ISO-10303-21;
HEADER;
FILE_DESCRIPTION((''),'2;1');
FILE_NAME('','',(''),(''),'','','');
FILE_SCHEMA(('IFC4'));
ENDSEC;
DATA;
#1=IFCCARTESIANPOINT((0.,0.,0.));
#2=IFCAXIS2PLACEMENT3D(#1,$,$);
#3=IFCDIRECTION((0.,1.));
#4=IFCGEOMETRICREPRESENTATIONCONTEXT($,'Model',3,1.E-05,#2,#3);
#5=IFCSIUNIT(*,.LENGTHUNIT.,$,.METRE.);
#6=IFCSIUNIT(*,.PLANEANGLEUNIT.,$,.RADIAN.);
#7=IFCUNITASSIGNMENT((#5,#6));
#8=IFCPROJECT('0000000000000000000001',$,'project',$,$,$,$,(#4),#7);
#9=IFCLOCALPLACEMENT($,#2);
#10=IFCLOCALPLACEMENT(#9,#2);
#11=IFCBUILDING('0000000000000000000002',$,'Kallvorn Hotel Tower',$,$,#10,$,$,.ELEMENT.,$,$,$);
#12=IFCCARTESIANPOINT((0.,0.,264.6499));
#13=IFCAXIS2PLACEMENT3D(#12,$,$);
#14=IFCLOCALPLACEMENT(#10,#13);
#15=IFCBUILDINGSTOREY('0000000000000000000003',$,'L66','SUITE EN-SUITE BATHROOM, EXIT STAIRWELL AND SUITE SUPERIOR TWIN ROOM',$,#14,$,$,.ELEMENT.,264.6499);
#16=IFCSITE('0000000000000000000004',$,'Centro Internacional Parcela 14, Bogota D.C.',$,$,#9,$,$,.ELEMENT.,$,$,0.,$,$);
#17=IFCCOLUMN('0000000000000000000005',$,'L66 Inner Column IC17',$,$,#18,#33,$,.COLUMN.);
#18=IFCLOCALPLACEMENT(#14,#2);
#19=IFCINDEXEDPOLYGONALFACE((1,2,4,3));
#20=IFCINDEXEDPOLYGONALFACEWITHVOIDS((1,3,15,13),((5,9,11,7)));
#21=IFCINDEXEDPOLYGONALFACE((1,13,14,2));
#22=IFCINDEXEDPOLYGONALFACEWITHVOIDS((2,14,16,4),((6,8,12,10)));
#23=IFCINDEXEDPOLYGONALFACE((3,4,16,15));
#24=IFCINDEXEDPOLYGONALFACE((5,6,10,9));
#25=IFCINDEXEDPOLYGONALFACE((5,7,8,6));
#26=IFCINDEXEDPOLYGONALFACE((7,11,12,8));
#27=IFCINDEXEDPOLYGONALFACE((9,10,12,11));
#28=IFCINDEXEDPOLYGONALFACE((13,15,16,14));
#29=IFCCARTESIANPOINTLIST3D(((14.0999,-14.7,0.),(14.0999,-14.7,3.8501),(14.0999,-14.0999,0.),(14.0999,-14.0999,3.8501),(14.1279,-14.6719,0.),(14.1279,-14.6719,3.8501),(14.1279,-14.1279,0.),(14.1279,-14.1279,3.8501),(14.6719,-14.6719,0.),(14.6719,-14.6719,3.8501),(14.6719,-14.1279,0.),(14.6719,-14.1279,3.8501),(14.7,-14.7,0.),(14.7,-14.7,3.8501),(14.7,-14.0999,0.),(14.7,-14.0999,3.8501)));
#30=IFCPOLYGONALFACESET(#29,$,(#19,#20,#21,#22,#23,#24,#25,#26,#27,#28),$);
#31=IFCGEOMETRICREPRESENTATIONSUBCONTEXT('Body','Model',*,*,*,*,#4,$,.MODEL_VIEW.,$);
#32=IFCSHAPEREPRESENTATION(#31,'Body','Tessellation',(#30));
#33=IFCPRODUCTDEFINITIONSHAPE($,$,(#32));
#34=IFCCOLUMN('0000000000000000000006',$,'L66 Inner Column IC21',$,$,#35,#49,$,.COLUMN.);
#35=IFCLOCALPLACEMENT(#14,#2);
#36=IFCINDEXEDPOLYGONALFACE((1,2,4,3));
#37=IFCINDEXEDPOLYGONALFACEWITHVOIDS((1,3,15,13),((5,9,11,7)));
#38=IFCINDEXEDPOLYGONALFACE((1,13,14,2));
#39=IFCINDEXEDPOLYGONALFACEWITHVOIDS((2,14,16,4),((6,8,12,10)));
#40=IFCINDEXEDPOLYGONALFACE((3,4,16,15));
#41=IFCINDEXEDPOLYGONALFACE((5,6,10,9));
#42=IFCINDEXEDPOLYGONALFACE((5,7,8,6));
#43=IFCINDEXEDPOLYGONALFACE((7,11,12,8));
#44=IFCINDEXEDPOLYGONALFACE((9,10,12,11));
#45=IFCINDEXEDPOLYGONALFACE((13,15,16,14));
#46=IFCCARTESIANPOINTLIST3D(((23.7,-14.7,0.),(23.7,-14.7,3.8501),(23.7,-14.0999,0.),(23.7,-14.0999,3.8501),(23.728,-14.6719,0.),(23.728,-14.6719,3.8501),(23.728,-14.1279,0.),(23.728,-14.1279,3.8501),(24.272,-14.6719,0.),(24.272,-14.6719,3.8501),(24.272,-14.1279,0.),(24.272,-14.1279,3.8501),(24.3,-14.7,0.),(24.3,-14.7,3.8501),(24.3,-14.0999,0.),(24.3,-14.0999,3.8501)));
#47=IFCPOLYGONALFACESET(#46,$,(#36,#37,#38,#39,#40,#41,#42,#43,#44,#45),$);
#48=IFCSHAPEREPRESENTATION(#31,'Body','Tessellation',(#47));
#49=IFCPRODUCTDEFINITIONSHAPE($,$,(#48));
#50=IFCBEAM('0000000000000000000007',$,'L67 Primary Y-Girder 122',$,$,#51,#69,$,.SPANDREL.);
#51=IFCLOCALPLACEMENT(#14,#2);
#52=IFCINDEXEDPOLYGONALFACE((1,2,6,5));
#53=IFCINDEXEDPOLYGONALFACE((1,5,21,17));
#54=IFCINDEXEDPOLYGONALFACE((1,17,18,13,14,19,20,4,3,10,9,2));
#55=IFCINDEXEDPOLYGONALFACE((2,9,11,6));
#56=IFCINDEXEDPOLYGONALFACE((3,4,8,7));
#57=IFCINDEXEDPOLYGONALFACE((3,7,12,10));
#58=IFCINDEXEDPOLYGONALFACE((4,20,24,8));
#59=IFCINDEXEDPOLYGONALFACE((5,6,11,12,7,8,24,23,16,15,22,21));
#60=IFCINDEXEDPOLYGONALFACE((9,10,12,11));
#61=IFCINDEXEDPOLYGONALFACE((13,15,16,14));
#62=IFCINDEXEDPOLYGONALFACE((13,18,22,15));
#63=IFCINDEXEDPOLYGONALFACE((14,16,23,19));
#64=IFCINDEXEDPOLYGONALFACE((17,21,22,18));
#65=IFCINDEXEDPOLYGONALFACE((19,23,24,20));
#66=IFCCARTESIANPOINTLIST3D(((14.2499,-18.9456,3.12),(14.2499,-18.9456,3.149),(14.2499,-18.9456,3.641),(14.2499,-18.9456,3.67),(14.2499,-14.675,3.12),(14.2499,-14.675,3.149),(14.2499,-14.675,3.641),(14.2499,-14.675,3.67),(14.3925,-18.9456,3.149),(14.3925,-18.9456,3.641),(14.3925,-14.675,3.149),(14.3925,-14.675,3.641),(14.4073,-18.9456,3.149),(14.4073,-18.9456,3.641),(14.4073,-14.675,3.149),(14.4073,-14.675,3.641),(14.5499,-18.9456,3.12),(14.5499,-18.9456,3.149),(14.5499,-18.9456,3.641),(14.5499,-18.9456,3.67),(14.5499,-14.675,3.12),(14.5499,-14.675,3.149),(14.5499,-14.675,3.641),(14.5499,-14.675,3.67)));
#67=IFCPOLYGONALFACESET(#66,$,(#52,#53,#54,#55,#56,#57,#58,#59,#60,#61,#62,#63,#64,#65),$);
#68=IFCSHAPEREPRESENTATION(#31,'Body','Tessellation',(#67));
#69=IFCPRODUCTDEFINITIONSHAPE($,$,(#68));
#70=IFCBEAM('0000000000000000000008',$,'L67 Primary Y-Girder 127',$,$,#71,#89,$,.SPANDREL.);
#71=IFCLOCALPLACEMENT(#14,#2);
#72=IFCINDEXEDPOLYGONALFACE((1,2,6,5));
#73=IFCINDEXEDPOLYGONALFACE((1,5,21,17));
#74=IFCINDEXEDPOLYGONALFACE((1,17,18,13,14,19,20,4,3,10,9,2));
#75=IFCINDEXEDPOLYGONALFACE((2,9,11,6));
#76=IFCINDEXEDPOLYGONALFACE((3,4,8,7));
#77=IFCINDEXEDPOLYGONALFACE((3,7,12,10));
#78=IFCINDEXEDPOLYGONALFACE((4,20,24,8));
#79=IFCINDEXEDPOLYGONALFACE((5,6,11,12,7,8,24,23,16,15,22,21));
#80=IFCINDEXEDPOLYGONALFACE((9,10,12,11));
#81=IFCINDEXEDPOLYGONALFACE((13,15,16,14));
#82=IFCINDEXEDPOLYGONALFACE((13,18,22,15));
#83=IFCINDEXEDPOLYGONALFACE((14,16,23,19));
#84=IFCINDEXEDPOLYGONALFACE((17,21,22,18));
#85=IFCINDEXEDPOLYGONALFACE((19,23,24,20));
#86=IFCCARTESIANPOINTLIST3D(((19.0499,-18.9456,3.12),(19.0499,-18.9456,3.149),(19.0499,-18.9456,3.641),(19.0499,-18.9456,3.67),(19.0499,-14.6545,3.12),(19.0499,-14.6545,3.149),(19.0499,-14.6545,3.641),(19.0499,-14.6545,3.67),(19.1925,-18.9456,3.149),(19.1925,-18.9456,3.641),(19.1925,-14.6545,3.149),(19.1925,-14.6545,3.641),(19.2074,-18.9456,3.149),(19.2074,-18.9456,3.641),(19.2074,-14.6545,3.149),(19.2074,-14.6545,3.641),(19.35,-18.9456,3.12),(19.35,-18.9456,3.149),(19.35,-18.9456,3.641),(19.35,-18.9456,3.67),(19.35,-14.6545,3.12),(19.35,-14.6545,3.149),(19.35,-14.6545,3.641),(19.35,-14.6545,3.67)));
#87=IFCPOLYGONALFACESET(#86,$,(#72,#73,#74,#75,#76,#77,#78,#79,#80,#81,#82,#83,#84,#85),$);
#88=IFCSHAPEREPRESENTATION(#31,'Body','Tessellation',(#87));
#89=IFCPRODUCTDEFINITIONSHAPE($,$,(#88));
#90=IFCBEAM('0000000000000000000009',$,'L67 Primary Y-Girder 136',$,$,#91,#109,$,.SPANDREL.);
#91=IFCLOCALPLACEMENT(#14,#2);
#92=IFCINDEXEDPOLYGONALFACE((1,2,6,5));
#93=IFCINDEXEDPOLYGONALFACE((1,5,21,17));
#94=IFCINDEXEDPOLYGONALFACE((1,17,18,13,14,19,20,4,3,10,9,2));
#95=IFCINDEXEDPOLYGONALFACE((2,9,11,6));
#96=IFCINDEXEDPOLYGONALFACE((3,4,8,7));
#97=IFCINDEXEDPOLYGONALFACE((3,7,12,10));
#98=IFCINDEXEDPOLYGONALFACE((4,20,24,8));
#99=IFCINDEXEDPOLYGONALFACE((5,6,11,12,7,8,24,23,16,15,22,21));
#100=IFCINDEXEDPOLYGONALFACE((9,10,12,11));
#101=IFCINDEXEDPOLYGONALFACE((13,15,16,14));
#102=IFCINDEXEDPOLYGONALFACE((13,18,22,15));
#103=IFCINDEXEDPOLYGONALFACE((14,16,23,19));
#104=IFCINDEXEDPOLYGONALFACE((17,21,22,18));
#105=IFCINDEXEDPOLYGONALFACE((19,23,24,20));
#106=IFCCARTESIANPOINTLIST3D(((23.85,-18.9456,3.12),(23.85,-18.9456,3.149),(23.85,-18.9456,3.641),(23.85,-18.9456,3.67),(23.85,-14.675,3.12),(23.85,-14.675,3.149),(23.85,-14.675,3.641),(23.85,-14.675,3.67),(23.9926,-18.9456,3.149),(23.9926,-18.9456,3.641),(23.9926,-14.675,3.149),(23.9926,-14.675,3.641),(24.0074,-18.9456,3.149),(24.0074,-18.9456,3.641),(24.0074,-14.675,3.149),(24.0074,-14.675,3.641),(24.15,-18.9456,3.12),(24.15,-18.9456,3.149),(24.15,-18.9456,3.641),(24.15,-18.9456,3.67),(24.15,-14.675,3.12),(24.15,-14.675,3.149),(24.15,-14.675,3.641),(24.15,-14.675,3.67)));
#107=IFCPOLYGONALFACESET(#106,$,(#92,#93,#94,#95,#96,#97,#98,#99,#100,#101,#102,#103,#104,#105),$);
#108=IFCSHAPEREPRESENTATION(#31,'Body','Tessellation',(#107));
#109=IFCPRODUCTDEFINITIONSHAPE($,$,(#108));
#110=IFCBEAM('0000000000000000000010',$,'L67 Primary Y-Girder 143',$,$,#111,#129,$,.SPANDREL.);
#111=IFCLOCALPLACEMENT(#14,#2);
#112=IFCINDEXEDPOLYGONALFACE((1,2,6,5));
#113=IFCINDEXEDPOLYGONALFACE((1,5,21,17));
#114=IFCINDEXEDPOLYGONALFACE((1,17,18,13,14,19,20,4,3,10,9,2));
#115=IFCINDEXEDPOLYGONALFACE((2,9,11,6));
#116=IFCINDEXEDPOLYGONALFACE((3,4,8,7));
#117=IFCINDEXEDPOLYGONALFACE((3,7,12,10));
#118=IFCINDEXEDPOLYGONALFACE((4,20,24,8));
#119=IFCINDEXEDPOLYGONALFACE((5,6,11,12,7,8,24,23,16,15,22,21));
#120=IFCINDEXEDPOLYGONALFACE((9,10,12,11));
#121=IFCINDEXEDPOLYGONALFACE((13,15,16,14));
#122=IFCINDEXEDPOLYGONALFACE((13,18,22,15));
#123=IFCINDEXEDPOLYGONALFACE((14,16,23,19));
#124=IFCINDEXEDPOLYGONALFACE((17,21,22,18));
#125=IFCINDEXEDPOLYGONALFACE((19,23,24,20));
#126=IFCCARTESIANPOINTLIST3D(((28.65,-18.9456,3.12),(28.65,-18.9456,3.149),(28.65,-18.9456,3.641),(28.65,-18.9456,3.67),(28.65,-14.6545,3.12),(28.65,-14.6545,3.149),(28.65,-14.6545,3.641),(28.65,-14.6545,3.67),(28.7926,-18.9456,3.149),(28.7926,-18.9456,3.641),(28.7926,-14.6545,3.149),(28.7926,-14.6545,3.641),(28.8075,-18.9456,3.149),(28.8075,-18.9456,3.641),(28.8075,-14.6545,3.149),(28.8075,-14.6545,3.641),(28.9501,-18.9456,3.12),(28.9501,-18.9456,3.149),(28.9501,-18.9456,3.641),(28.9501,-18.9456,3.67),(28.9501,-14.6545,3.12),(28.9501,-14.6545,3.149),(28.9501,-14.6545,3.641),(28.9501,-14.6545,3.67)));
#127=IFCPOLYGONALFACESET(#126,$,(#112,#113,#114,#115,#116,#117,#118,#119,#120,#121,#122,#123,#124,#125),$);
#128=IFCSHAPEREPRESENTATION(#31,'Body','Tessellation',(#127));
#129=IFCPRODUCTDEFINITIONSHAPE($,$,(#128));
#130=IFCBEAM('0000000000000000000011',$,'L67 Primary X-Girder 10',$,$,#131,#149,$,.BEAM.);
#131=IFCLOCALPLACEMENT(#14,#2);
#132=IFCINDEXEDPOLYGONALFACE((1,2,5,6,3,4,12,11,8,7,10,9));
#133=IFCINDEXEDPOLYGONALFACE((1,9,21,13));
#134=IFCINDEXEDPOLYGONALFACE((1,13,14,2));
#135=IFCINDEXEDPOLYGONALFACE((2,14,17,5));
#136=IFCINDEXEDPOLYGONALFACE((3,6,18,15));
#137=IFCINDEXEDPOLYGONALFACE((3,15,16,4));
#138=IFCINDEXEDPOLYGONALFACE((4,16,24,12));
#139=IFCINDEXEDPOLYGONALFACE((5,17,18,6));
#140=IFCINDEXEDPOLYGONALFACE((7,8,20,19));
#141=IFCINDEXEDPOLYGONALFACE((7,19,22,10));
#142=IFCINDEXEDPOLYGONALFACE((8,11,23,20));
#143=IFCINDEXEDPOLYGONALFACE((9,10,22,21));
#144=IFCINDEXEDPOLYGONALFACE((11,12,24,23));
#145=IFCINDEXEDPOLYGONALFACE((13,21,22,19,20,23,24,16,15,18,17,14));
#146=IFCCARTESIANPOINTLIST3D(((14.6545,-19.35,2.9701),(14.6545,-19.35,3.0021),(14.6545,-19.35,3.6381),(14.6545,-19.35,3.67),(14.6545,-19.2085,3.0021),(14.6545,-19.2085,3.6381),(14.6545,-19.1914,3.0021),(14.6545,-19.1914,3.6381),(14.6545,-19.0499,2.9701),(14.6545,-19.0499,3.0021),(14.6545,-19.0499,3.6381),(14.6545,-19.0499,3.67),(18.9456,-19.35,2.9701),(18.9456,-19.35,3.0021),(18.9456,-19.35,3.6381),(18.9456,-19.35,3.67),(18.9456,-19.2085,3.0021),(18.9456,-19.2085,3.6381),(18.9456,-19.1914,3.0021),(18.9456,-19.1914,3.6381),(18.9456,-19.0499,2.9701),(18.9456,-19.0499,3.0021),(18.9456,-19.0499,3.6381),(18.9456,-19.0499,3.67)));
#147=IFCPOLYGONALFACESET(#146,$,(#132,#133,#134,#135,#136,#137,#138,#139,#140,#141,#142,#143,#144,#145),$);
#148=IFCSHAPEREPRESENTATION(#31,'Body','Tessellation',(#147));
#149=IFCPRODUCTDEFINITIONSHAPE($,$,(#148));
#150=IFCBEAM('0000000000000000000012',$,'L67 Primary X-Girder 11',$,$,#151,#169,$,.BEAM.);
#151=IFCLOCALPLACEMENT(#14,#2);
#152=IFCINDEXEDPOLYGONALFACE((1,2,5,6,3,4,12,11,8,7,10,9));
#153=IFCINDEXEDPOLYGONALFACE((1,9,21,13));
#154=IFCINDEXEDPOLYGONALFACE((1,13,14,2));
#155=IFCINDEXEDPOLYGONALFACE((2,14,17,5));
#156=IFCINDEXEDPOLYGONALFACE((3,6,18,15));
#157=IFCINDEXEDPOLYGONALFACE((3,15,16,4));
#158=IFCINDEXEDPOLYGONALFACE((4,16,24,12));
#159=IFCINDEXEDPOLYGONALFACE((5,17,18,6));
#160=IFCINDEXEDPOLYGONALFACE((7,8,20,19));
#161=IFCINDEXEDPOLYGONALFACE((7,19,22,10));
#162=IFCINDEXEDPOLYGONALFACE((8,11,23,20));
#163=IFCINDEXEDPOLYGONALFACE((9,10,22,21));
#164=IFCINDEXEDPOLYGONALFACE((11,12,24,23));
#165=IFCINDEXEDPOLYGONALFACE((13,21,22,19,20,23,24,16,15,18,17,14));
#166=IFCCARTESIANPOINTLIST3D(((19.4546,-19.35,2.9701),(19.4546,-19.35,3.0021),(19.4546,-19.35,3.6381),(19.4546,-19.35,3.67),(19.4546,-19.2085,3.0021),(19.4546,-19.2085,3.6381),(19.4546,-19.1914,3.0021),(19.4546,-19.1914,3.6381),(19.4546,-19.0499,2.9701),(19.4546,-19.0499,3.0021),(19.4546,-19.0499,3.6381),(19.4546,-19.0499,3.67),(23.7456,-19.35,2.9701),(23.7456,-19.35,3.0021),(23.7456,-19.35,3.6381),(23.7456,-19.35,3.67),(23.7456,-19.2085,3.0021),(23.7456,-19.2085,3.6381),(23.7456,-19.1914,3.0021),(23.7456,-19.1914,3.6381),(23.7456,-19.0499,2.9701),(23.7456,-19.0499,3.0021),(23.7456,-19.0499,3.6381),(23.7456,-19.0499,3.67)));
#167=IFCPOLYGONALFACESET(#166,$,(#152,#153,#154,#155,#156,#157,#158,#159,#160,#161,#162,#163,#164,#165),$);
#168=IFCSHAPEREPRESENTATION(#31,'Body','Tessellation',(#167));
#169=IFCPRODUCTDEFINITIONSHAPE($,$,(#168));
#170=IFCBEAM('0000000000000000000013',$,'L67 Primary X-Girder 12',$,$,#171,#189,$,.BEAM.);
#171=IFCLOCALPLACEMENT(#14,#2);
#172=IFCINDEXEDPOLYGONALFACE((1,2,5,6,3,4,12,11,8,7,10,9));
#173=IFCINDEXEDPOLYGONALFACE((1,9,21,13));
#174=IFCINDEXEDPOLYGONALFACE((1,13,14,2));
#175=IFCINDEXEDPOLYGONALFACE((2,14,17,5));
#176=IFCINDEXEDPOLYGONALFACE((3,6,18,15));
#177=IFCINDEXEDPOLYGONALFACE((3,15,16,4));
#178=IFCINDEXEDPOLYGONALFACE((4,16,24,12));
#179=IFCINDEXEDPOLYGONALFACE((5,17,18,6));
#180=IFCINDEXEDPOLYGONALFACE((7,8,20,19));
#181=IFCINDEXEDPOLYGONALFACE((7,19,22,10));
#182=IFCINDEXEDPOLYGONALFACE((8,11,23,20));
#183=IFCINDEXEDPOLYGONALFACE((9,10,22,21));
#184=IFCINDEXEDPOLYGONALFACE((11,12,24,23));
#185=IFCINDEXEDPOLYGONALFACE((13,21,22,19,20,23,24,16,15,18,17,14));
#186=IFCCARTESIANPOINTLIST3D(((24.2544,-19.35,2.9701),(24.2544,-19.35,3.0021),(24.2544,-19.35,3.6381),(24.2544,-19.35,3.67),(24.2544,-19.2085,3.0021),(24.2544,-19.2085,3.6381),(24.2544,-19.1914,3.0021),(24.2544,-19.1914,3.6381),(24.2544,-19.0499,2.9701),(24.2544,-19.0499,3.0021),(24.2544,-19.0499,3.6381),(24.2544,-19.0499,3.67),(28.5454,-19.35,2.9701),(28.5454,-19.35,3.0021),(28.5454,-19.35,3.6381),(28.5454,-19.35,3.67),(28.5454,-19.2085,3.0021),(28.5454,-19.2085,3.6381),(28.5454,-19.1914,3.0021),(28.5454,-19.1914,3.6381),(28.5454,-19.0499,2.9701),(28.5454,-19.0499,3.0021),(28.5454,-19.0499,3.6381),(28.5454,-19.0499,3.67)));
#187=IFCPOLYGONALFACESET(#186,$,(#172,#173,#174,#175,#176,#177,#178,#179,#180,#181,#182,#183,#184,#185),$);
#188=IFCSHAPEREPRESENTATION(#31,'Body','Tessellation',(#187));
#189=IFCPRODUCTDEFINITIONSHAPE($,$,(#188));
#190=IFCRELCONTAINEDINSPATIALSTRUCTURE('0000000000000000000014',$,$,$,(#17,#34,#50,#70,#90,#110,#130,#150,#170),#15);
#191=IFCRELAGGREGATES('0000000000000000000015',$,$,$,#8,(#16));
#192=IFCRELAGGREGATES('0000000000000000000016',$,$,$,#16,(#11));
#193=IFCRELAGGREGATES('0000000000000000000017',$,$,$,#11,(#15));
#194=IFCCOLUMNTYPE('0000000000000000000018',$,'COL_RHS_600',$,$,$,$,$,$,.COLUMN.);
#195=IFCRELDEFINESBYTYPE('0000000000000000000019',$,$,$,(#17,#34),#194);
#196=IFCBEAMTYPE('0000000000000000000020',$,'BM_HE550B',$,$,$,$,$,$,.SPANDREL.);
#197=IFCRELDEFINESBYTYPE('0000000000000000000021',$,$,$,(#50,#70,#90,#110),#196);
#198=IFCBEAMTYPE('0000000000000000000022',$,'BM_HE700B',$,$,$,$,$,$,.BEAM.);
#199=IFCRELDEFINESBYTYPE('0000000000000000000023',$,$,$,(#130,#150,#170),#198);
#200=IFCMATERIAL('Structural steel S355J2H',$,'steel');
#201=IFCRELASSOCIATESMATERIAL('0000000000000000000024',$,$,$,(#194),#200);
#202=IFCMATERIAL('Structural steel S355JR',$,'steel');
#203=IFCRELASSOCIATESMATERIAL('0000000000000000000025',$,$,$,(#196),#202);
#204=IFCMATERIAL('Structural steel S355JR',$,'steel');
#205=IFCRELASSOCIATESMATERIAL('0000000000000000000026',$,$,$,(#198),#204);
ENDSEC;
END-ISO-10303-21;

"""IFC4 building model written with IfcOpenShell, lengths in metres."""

from ifc_helpers import new_model, si_unit, direction, frame, origin, origin_2d, place, context, subcontext, project, spatial, hollow_rectangle, i_section, extrude, material, material_profile, profile_set, type_object, element, save


model = new_model("IFC4")

# Units and contexts
model_context = context("Model", 3, precision=1e-05, world=origin(), true_north=direction((0.0, 1.0)))
body_context = subcontext(model_context, "Body", "Model", "MODEL_VIEW")
ifc_project = project(units=[si_unit("LENGTHUNIT", "METRE"), si_unit("PLANEANGLEUNIT", "RADIAN")], contexts=[model_context])

# Site, building, storey
site_placement = place(None, origin())
site = spatial("IfcSite", under=ifc_project, at=site_placement, Name="Centro Internacional Parcela 14, Bogota D.C.", CompositionType="ELEMENT", RefElevation=0.0)
building_placement = place(site_placement, origin())
building = spatial("IfcBuilding", under=site, at=building_placement, Name="Kallvorn Hotel Tower", CompositionType="ELEMENT")
storey_placement = place(building_placement, frame((0.0, 0.0, 264.6499)))
storey = spatial("IfcBuildingStorey", under=building, at=storey_placement, Name="L66", Description="SUITE EN-SUITE BATHROOM, EXIT STAIRWELL AND SUITE SUPERIOR TWIN ROOM", CompositionType="ELEMENT", Elevation=264.6499)

# Columns
ifc_material_1 = material(Name="Structural steel S355J2H", Category="steel")
ifc_material_profile_1 = material_profile(ifc_material_1, hollow_rectangle(XDim=0.6001, YDim=0.6001, WallThickness=0.0281, at=origin_2d()), Name="RHS 600x600x28")
ifc_profile_set_1 = profile_set([ifc_material_profile_1], Name="Structural steel S355J2H")
column_type_1 = type_object("IfcColumnType", Name="COL_RHS_600", PredefinedType="COLUMN", material=ifc_profile_set_1)
for number, where, z_axis, x_axis, name in (
    (1, (14.3999, -14.3999, 0.0), (0.0, 0.0, 1.0), (1.0, 0.0, 0.0), "L66 Inner Column IC17"),
    (2, (24.0, -14.3999, 0.0), (0.0, 0.0, 1.0), (1.0, 0.0, 0.0), "L66 Inner Column IC21"),
):
    element("IfcColumn", number, at=place(storey_placement, frame(where, z_axis=z_axis, x_axis=x_axis)), inside=storey, type_object=column_type_1, Name=name, PredefinedType="COLUMN", context=body_context, shape_type="SweptSolid", body=[
        extrude(hollow_rectangle(XDim=0.6001, YDim=0.6001, WallThickness=0.0281, at=origin_2d()), origin(), (0.0, 0.0, 1.0), 3.8501),
    ])

# Beams
ifc_material_2 = material(Name="Structural steel S355JR", Category="steel")
ifc_material_profile_2 = material_profile(ifc_material_2, i_section(OverallWidth=0.3, OverallDepth=0.55, WebThickness=0.0149, FlangeThickness=0.0291, at=origin_2d()), Name="HE 550 B")
ifc_profile_set_2 = profile_set([ifc_material_profile_2], Name="Structural steel S355JR")
beam_type_1 = type_object("IfcBeamType", Name="BM_HE550B", PredefinedType="SPANDREL", material=ifc_profile_set_2)
beam_1_placement = place(storey_placement, frame((14.3999, -18.9456, 3.395), z_axis=(0.0, 1.0, 0.0), x_axis=(-1.0, 0.0, 0.0)))
element("IfcBeam", 3, at=beam_1_placement, inside=storey, type_object=beam_type_1, Name="L67 Primary Y-Girder 122", PredefinedType="SPANDREL", context=body_context, shape_type="SweptSolid", body=[
    extrude(i_section(OverallWidth=0.3, OverallDepth=0.55, WebThickness=0.0149, FlangeThickness=0.0291, at=origin_2d()), origin(), (0.0, 0.0, 1.0), 4.2705),
])
beam_2_placement = place(storey_placement, frame((19.2, -18.9456, 3.395), z_axis=(0.0, 1.0, 0.0), x_axis=(-1.0, 0.0, 0.0)))
element("IfcBeam", 4, at=beam_2_placement, inside=storey, type_object=beam_type_1, Name="L67 Primary Y-Girder 127", PredefinedType="SPANDREL", context=body_context, shape_type="SweptSolid", body=[
    extrude(i_section(OverallWidth=0.3, OverallDepth=0.55, WebThickness=0.0149, FlangeThickness=0.0291, at=origin_2d()), origin(), (0.0, 0.0, 1.0), 4.291),
])
beam_3_placement = place(storey_placement, frame((24.0, -18.9456, 3.395), z_axis=(0.0, 1.0, 0.0), x_axis=(-1.0, 0.0, 0.0)))
element("IfcBeam", 5, at=beam_3_placement, inside=storey, type_object=beam_type_1, Name="L67 Primary Y-Girder 136", PredefinedType="SPANDREL", context=body_context, shape_type="SweptSolid", body=[
    extrude(i_section(OverallWidth=0.3, OverallDepth=0.55, WebThickness=0.0149, FlangeThickness=0.0291, at=origin_2d()), origin(), (0.0, 0.0, 1.0), 4.2705),
])
beam_4_placement = place(storey_placement, frame((28.8, -18.9456, 3.395), z_axis=(0.0, 1.0, 0.0), x_axis=(-1.0, 0.0, 0.0)))
element("IfcBeam", 6, at=beam_4_placement, inside=storey, type_object=beam_type_1, Name="L67 Primary Y-Girder 143", PredefinedType="SPANDREL", context=body_context, shape_type="SweptSolid", body=[
    extrude(i_section(OverallWidth=0.3, OverallDepth=0.55, WebThickness=0.0149, FlangeThickness=0.0291, at=origin_2d()), origin(), (0.0, 0.0, 1.0), 4.291),
])
ifc_material_3 = material(Name="Structural steel S355JR", Category="steel")
ifc_material_profile_3 = material_profile(ifc_material_3, i_section(OverallWidth=0.3, OverallDepth=0.7, WebThickness=0.0171, FlangeThickness=0.032, at=origin_2d()), Name="HE 700 B")
ifc_profile_set_3 = profile_set([ifc_material_profile_3], Name="Structural steel S355JR")
beam_type_2 = type_object("IfcBeamType", Name="BM_HE700B", PredefinedType="BEAM", material=ifc_profile_set_3)
for number, where, z_axis, x_axis, name in (
    (7, (14.6545, -19.2, 3.3201), (1.0, 0.0, 0.0), (0.0, 1.0, 0.0), "L67 Primary X-Girder 10"),
    (8, (19.4546, -19.2, 3.3201), (1.0, 0.0, 0.0), (0.0, 1.0, 0.0), "L67 Primary X-Girder 11"),
    (9, (24.2544, -19.2, 3.3201), (1.0, 0.0, 0.0), (0.0, 1.0, 0.0), "L67 Primary X-Girder 12"),
):
    element("IfcBeam", number, at=place(storey_placement, frame(where, z_axis=z_axis, x_axis=x_axis)), inside=storey, type_object=beam_type_2, Name=name, PredefinedType="BEAM", context=body_context, shape_type="SweptSolid", body=[
        extrude(i_section(OverallWidth=0.3, OverallDepth=0.7, WebThickness=0.0171, FlangeThickness=0.032, at=origin_2d()), origin(), (0.0, 0.0, 1.0), 4.291),
    ])

save(model, "model.ifc")
